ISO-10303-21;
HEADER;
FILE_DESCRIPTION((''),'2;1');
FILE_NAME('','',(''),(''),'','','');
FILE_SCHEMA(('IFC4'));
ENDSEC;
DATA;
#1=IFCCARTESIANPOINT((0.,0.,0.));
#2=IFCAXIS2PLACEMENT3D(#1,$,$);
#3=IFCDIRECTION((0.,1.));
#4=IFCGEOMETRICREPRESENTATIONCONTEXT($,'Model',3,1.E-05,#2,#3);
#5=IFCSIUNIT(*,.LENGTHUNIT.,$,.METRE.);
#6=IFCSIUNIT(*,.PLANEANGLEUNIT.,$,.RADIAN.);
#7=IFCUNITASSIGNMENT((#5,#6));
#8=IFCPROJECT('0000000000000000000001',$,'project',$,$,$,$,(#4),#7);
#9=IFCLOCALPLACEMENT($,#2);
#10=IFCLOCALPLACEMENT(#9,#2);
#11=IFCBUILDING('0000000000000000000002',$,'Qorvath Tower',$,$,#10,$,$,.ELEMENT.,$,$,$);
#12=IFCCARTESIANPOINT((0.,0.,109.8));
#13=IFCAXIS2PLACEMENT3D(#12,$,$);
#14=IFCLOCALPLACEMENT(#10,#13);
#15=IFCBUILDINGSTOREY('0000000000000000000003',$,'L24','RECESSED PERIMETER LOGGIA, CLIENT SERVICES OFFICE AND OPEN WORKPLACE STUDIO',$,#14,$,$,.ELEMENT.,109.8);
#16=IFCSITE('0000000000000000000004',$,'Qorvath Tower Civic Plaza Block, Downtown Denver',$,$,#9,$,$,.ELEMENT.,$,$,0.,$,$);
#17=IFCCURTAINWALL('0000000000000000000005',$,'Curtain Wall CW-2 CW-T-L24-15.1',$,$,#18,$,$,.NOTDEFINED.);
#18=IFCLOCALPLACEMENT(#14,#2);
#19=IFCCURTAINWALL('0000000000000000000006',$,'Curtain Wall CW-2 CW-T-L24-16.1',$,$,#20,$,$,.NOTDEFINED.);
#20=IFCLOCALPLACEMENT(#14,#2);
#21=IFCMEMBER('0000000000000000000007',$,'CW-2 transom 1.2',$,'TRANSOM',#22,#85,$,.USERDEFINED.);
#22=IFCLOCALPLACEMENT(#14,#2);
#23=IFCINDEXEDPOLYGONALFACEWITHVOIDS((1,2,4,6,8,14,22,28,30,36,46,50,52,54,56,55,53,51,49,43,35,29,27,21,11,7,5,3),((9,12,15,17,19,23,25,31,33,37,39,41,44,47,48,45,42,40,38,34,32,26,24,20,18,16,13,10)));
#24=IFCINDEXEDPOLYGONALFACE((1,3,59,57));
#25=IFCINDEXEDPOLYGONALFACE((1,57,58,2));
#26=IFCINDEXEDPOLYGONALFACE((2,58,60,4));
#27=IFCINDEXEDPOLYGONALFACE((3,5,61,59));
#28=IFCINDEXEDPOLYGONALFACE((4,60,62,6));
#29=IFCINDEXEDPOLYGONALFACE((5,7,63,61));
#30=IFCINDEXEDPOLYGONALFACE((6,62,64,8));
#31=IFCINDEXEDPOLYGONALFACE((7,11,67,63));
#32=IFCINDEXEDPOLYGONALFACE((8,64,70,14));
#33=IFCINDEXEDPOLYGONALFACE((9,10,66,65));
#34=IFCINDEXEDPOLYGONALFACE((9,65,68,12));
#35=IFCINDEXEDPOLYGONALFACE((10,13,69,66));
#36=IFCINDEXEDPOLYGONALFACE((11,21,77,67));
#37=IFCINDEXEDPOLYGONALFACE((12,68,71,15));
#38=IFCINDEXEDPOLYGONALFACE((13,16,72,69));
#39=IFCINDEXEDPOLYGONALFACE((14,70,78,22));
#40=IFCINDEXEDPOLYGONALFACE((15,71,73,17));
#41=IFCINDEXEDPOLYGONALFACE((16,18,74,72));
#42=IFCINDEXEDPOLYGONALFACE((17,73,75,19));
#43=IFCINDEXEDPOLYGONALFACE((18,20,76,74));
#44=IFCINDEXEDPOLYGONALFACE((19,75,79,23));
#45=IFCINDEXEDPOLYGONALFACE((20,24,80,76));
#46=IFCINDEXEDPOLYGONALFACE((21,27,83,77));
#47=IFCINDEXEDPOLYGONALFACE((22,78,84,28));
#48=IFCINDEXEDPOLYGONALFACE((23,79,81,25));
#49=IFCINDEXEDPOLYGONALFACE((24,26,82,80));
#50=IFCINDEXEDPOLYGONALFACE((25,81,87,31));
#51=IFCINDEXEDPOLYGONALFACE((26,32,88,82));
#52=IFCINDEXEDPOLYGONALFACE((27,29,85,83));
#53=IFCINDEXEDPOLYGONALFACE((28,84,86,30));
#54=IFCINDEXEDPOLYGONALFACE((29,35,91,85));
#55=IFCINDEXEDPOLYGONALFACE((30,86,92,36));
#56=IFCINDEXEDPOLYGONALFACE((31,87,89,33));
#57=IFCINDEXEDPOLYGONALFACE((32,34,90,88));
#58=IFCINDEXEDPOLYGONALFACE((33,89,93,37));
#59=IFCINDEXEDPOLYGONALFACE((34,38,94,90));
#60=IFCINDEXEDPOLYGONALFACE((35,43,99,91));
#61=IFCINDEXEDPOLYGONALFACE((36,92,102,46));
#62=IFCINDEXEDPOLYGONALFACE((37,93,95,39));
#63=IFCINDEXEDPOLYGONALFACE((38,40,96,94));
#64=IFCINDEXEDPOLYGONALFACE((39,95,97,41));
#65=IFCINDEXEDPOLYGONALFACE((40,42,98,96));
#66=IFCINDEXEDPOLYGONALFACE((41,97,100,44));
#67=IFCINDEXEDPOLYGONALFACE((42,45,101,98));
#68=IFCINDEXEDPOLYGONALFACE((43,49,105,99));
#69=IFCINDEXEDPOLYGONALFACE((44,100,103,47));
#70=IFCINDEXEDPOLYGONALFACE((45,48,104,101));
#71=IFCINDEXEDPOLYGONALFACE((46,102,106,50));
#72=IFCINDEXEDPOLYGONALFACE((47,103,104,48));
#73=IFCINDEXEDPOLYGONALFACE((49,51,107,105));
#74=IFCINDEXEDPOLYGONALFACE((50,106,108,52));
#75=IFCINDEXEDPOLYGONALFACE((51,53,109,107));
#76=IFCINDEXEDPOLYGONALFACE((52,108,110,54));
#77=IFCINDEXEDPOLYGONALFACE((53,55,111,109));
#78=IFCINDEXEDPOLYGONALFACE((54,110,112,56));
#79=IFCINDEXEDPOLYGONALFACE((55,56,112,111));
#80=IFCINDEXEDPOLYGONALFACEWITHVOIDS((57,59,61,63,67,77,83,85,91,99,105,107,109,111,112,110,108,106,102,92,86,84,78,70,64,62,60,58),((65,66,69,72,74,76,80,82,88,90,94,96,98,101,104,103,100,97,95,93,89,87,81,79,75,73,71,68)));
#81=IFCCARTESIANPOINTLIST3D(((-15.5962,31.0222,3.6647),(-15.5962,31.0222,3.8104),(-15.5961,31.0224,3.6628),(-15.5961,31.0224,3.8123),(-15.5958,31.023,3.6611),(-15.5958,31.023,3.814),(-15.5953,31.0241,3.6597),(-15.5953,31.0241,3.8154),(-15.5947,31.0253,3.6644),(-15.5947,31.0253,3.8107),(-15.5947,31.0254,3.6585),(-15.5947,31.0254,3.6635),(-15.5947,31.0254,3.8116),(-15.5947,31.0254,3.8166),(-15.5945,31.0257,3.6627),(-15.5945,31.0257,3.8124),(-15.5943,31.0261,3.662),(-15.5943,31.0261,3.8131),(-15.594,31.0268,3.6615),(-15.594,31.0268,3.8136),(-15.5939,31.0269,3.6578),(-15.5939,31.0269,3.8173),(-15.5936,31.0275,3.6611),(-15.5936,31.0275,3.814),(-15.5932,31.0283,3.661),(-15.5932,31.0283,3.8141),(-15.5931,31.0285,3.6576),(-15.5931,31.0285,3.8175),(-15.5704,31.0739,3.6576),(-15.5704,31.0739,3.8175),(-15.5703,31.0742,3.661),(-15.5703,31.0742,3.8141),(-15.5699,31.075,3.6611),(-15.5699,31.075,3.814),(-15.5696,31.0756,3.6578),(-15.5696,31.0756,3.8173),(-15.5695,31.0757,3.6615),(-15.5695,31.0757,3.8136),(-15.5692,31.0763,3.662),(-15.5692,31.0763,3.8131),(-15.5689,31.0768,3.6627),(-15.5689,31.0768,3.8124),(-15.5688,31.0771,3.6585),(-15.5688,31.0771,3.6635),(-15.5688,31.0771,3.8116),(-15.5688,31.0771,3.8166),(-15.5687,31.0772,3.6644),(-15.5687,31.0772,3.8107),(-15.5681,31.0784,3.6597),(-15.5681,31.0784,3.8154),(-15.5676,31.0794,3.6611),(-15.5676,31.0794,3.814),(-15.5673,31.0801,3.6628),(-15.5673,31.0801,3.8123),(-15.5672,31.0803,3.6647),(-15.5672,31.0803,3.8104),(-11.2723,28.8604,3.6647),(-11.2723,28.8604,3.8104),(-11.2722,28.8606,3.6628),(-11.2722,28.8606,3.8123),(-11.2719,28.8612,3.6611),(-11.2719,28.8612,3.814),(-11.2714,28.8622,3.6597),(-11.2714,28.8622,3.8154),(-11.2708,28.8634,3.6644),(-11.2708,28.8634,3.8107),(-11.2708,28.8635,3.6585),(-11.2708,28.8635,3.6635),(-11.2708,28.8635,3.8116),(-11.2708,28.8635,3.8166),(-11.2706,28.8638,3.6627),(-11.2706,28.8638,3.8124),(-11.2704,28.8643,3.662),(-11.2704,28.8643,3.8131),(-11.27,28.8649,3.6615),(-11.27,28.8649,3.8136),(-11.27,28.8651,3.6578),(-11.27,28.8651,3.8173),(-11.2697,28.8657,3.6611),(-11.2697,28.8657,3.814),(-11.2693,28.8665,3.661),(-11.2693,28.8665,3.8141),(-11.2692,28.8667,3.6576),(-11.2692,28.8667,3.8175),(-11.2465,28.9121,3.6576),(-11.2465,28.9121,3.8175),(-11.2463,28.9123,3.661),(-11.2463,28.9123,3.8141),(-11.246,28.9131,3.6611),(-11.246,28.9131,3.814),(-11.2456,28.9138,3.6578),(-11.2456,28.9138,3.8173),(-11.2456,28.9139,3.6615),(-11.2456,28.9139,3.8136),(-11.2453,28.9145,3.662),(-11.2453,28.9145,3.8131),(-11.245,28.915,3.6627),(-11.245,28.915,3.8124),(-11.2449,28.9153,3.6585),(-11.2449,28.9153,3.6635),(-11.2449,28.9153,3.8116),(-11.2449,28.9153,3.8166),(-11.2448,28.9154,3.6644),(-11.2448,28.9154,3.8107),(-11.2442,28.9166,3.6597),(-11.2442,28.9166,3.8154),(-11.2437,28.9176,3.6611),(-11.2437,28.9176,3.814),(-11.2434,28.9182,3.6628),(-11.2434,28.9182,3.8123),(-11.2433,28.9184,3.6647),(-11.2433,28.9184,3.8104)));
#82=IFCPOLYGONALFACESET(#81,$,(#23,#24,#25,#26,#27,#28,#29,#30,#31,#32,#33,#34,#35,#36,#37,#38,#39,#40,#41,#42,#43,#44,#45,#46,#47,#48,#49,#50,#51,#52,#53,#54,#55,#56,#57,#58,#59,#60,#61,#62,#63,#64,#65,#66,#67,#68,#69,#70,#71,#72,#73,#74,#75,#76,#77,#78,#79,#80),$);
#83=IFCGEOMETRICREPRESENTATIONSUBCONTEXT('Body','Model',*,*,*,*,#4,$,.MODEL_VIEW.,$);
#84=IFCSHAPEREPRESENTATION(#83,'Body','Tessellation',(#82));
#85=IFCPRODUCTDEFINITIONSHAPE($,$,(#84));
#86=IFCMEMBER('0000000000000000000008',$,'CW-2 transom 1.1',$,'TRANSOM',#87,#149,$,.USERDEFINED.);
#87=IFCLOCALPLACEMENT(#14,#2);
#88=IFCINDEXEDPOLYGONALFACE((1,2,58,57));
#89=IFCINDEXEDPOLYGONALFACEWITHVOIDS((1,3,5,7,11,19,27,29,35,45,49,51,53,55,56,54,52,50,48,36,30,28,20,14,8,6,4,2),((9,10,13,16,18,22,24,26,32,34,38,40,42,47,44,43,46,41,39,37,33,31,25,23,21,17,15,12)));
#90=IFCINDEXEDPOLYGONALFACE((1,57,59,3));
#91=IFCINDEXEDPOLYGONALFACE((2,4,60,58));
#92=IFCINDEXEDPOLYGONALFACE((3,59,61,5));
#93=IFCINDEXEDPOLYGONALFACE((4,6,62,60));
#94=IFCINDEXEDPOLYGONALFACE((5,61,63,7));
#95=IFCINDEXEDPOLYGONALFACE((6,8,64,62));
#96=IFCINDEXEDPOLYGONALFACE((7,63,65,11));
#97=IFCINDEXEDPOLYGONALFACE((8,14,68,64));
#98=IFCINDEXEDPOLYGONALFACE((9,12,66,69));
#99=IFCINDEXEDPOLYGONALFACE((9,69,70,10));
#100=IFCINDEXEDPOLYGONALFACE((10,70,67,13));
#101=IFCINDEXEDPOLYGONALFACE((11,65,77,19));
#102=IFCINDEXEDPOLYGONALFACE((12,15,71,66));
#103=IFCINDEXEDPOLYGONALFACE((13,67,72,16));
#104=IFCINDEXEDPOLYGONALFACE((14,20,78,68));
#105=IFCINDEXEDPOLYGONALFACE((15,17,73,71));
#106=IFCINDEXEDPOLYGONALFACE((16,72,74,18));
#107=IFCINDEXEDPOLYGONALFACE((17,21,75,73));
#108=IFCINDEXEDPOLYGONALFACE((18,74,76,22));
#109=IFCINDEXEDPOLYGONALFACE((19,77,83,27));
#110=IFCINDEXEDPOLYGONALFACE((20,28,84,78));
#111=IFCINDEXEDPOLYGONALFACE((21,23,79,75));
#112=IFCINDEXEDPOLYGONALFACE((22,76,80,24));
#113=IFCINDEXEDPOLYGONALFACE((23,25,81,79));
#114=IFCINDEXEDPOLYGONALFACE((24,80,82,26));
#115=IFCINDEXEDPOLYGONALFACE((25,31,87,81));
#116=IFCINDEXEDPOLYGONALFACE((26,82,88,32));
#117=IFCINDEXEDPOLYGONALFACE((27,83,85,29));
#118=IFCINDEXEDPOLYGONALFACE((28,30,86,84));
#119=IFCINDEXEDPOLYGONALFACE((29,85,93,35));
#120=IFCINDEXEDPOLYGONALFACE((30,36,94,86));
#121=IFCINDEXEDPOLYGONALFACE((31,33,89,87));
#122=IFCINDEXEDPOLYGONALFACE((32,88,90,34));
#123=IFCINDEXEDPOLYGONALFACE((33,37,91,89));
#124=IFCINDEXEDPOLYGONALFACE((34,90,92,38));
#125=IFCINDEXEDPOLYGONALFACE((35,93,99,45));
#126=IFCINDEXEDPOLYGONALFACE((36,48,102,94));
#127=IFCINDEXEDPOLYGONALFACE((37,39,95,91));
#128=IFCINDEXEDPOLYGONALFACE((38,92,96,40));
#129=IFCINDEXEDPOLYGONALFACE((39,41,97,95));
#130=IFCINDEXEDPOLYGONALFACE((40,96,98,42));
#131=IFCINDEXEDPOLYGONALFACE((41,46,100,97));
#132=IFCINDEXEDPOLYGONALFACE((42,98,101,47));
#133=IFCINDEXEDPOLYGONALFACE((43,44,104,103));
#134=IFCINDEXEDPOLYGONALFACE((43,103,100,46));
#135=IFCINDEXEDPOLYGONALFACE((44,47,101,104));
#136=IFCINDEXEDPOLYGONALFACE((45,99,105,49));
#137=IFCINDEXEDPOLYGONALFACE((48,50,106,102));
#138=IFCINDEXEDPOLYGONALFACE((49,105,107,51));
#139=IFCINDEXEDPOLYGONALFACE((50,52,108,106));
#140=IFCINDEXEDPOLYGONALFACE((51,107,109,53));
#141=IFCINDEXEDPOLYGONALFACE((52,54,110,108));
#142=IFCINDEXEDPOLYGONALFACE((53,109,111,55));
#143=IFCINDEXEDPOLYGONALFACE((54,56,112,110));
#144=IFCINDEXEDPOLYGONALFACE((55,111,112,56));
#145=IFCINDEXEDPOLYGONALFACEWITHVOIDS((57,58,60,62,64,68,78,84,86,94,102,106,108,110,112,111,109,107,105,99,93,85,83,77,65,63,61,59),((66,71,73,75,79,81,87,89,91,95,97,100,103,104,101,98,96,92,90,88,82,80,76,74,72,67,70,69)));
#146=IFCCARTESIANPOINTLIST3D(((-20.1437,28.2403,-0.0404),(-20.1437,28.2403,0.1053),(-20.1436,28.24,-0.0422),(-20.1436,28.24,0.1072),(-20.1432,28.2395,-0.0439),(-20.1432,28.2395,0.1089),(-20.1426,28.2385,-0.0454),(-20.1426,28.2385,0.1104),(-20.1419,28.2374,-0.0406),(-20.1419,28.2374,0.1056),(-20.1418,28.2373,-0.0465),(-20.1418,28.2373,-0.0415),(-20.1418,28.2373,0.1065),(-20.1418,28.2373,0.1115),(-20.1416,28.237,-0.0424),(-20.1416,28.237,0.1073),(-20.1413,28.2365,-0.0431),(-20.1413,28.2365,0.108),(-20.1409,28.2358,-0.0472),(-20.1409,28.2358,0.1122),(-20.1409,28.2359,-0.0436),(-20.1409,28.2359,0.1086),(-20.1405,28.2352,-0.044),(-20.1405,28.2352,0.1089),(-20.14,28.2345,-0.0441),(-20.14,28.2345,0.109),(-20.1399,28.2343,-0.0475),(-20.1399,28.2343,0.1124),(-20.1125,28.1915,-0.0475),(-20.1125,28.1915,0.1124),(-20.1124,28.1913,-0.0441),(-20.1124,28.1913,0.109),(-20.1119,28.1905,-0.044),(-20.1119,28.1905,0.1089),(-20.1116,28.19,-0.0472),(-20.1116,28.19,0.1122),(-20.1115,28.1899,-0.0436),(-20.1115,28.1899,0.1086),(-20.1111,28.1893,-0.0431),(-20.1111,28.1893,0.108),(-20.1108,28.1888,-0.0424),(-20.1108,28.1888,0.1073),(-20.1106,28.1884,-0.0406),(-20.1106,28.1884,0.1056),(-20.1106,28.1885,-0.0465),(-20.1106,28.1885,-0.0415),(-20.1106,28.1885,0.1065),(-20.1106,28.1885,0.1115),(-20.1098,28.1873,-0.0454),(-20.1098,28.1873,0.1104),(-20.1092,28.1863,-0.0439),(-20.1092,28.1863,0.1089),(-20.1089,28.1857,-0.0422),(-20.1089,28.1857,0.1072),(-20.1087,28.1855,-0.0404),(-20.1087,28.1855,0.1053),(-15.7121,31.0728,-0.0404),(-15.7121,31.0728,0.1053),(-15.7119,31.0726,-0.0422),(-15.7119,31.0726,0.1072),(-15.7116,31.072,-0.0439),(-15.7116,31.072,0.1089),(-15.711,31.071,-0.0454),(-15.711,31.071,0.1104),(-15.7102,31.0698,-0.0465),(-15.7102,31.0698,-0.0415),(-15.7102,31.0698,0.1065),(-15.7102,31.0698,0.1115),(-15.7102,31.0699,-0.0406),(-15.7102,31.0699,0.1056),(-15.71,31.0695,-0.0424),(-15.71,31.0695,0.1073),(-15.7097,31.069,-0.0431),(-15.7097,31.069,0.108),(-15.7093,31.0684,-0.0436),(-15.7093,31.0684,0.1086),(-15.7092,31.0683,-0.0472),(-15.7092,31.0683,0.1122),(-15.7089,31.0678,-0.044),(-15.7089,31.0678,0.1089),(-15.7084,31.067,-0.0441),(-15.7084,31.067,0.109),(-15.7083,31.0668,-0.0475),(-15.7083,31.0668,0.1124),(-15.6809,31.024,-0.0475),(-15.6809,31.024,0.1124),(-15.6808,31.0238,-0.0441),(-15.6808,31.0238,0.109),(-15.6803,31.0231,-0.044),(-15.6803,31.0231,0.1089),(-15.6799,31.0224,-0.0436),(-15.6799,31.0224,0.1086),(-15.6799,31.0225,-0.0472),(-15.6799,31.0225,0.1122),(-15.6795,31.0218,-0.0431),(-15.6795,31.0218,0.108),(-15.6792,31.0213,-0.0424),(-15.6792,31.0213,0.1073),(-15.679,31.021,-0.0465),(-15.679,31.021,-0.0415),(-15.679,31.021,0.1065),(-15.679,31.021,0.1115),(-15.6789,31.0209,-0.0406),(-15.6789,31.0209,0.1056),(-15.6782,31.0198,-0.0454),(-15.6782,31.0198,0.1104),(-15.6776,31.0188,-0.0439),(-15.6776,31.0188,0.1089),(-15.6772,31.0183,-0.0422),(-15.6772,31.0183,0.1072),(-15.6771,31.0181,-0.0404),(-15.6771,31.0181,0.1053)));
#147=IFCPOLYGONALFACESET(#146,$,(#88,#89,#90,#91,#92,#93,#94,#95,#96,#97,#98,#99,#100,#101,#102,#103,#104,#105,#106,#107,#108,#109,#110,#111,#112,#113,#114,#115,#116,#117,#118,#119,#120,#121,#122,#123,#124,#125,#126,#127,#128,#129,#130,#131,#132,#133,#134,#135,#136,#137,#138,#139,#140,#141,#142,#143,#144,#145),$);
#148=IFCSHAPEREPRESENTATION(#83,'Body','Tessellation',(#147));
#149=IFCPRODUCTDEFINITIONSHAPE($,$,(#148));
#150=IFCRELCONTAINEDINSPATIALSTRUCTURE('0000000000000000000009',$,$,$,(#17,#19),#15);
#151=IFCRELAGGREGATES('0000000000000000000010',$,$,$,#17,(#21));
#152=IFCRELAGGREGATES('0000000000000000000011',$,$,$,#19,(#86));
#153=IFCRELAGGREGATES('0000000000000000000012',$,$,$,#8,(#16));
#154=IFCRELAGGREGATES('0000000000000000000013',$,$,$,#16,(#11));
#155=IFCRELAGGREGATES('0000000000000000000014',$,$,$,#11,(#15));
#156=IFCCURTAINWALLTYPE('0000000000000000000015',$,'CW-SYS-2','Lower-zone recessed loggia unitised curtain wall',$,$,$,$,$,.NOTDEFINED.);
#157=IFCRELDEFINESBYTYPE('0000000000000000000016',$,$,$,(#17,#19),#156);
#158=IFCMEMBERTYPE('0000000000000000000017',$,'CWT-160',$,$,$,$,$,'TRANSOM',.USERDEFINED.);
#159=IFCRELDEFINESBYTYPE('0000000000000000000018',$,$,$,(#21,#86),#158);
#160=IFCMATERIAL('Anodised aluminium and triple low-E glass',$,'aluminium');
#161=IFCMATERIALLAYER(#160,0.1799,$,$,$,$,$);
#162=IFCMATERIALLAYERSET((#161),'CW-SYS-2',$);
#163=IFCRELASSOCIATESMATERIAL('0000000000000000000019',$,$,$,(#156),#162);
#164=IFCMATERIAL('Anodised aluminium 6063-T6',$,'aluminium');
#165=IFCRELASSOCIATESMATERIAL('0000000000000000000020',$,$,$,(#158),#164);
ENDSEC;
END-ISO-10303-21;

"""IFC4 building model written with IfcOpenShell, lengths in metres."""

from ifc_helpers import new_model, si_unit, direction, frame, origin, origin_2d, place, context, subcontext, project, spatial, hollow_rectangle, extrude, material, layer, layer_set, material_profile, profile_set, type_object, element, aggregate, save


model = new_model("IFC4")

# Units and contexts
model_context = context("Model", 3, precision=1e-05, world=origin(), true_north=direction((0.0, 1.0)))
body_context = subcontext(model_context, "Body", "Model", "MODEL_VIEW")
ifc_project = project(units=[si_unit("LENGTHUNIT", "METRE"), si_unit("PLANEANGLEUNIT", "RADIAN")], contexts=[model_context])

# Site, building, storey
site_placement = place(None, origin())
site = spatial("IfcSite", under=ifc_project, at=site_placement, Name="Qorvath Tower Civic Plaza Block, Downtown Denver", CompositionType="ELEMENT", RefElevation=0.0)
building_placement = place(site_placement, origin())
building = spatial("IfcBuilding", under=site, at=building_placement, Name="Qorvath Tower", CompositionType="ELEMENT")
storey_placement = place(building_placement, frame((0.0, 0.0, 109.8)))
storey = spatial("IfcBuildingStorey", under=building, at=storey_placement, Name="L24", Description="RECESSED PERIMETER LOGGIA, CLIENT SERVICES OFFICE AND OPEN WORKPLACE STUDIO", CompositionType="ELEMENT", Elevation=109.8)

# Shared definitions
ifc_material_1 = material(Name="Anodised aluminium and triple low-E glass", Category="aluminium")
ifc_layer_1 = layer(ifc_material_1, 0.1799)
ifc_layer_set_1 = layer_set([ifc_layer_1], Name="CW-SYS-2")
curtain_wall_type = type_object("IfcCurtainWallType", Name="CW-SYS-2", Description="Lower-zone recessed loggia unitised curtain wall", PredefinedType="NOTDEFINED", material=ifc_layer_set_1)

# Curtain wall
curtain_wall_1_placement = place(storey_placement, origin())
curtain_wall_1 = element("IfcCurtainWall", 1, at=curtain_wall_1_placement, inside=storey, type_object=curtain_wall_type, Name="Curtain Wall CW-2 CW-T-L24-15.1", PredefinedType="NOTDEFINED")

# Curtain wall
curtain_wall_2_placement = place(storey_placement, origin())
curtain_wall_2 = element("IfcCurtainWall", 2, at=curtain_wall_2_placement, inside=storey, type_object=curtain_wall_type, Name="Curtain Wall CW-2 CW-T-L24-16.1", PredefinedType="NOTDEFINED")

# Members
ifc_material_2 = material(Name="Anodised aluminium 6063-T6", Category="aluminium")
ifc_material_profile_1 = material_profile(ifc_material_2, hollow_rectangle(XDim=0.0649, YDim=0.1599, WallThickness=0.0034, InnerFilletRadius=0.0034, OuterFilletRadius=0.0071, at=origin_2d()), Name="CWT 160x65")
ifc_profile_set_1 = profile_set([ifc_material_profile_1], Name="Anodised aluminium 6063-T6")
member_type_1 = type_object("IfcMemberType", Name="CWT-160", ElementType="TRANSOM", PredefinedType="USERDEFINED", material=ifc_profile_set_1)
member_1_placement = place(storey_placement, frame((-11.2578, 28.8894, 3.7375), z_axis=(-0.894437, 0.447193, 0.0), x_axis=(-0.447193, -0.894437, 0.0)))
member_1 = element("IfcMember", 3, at=member_1_placement, type_object=member_type_1, Name="CW-2 transom 1.2", ObjectType="TRANSOM", PredefinedType="USERDEFINED", context=body_context, shape_type="SweptSolid", body=[
    extrude(hollow_rectangle(XDim=0.0649, YDim=0.1599, WallThickness=0.0034, InnerFilletRadius=0.0034, OuterFilletRadius=0.0071, at=origin_2d()), origin(), (0.0, 0.0, 1.0), 4.8342),
])
member_2_placement = place(storey_placement, frame((-15.6946, 31.0454, 0.0325), z_axis=(-0.842593, -0.53855, 0.0), x_axis=(0.53855, -0.842593, 0.0)))
member_2 = element("IfcMember", 4, at=member_2_placement, type_object=member_type_1, Name="CW-2 transom 1.1", ObjectType="TRANSOM", PredefinedType="USERDEFINED", context=body_context, shape_type="SweptSolid", body=[
    extrude(hollow_rectangle(XDim=0.0649, YDim=0.1599, WallThickness=0.0034, InnerFilletRadius=0.0034, OuterFilletRadius=0.0071, at=origin_2d()), origin(), (0.0, 0.0, 1.0), 5.2595),
])

aggregate(curtain_wall_1, [member_1])
aggregate(curtain_wall_2, [member_2])

save(model, "model.ifc")
